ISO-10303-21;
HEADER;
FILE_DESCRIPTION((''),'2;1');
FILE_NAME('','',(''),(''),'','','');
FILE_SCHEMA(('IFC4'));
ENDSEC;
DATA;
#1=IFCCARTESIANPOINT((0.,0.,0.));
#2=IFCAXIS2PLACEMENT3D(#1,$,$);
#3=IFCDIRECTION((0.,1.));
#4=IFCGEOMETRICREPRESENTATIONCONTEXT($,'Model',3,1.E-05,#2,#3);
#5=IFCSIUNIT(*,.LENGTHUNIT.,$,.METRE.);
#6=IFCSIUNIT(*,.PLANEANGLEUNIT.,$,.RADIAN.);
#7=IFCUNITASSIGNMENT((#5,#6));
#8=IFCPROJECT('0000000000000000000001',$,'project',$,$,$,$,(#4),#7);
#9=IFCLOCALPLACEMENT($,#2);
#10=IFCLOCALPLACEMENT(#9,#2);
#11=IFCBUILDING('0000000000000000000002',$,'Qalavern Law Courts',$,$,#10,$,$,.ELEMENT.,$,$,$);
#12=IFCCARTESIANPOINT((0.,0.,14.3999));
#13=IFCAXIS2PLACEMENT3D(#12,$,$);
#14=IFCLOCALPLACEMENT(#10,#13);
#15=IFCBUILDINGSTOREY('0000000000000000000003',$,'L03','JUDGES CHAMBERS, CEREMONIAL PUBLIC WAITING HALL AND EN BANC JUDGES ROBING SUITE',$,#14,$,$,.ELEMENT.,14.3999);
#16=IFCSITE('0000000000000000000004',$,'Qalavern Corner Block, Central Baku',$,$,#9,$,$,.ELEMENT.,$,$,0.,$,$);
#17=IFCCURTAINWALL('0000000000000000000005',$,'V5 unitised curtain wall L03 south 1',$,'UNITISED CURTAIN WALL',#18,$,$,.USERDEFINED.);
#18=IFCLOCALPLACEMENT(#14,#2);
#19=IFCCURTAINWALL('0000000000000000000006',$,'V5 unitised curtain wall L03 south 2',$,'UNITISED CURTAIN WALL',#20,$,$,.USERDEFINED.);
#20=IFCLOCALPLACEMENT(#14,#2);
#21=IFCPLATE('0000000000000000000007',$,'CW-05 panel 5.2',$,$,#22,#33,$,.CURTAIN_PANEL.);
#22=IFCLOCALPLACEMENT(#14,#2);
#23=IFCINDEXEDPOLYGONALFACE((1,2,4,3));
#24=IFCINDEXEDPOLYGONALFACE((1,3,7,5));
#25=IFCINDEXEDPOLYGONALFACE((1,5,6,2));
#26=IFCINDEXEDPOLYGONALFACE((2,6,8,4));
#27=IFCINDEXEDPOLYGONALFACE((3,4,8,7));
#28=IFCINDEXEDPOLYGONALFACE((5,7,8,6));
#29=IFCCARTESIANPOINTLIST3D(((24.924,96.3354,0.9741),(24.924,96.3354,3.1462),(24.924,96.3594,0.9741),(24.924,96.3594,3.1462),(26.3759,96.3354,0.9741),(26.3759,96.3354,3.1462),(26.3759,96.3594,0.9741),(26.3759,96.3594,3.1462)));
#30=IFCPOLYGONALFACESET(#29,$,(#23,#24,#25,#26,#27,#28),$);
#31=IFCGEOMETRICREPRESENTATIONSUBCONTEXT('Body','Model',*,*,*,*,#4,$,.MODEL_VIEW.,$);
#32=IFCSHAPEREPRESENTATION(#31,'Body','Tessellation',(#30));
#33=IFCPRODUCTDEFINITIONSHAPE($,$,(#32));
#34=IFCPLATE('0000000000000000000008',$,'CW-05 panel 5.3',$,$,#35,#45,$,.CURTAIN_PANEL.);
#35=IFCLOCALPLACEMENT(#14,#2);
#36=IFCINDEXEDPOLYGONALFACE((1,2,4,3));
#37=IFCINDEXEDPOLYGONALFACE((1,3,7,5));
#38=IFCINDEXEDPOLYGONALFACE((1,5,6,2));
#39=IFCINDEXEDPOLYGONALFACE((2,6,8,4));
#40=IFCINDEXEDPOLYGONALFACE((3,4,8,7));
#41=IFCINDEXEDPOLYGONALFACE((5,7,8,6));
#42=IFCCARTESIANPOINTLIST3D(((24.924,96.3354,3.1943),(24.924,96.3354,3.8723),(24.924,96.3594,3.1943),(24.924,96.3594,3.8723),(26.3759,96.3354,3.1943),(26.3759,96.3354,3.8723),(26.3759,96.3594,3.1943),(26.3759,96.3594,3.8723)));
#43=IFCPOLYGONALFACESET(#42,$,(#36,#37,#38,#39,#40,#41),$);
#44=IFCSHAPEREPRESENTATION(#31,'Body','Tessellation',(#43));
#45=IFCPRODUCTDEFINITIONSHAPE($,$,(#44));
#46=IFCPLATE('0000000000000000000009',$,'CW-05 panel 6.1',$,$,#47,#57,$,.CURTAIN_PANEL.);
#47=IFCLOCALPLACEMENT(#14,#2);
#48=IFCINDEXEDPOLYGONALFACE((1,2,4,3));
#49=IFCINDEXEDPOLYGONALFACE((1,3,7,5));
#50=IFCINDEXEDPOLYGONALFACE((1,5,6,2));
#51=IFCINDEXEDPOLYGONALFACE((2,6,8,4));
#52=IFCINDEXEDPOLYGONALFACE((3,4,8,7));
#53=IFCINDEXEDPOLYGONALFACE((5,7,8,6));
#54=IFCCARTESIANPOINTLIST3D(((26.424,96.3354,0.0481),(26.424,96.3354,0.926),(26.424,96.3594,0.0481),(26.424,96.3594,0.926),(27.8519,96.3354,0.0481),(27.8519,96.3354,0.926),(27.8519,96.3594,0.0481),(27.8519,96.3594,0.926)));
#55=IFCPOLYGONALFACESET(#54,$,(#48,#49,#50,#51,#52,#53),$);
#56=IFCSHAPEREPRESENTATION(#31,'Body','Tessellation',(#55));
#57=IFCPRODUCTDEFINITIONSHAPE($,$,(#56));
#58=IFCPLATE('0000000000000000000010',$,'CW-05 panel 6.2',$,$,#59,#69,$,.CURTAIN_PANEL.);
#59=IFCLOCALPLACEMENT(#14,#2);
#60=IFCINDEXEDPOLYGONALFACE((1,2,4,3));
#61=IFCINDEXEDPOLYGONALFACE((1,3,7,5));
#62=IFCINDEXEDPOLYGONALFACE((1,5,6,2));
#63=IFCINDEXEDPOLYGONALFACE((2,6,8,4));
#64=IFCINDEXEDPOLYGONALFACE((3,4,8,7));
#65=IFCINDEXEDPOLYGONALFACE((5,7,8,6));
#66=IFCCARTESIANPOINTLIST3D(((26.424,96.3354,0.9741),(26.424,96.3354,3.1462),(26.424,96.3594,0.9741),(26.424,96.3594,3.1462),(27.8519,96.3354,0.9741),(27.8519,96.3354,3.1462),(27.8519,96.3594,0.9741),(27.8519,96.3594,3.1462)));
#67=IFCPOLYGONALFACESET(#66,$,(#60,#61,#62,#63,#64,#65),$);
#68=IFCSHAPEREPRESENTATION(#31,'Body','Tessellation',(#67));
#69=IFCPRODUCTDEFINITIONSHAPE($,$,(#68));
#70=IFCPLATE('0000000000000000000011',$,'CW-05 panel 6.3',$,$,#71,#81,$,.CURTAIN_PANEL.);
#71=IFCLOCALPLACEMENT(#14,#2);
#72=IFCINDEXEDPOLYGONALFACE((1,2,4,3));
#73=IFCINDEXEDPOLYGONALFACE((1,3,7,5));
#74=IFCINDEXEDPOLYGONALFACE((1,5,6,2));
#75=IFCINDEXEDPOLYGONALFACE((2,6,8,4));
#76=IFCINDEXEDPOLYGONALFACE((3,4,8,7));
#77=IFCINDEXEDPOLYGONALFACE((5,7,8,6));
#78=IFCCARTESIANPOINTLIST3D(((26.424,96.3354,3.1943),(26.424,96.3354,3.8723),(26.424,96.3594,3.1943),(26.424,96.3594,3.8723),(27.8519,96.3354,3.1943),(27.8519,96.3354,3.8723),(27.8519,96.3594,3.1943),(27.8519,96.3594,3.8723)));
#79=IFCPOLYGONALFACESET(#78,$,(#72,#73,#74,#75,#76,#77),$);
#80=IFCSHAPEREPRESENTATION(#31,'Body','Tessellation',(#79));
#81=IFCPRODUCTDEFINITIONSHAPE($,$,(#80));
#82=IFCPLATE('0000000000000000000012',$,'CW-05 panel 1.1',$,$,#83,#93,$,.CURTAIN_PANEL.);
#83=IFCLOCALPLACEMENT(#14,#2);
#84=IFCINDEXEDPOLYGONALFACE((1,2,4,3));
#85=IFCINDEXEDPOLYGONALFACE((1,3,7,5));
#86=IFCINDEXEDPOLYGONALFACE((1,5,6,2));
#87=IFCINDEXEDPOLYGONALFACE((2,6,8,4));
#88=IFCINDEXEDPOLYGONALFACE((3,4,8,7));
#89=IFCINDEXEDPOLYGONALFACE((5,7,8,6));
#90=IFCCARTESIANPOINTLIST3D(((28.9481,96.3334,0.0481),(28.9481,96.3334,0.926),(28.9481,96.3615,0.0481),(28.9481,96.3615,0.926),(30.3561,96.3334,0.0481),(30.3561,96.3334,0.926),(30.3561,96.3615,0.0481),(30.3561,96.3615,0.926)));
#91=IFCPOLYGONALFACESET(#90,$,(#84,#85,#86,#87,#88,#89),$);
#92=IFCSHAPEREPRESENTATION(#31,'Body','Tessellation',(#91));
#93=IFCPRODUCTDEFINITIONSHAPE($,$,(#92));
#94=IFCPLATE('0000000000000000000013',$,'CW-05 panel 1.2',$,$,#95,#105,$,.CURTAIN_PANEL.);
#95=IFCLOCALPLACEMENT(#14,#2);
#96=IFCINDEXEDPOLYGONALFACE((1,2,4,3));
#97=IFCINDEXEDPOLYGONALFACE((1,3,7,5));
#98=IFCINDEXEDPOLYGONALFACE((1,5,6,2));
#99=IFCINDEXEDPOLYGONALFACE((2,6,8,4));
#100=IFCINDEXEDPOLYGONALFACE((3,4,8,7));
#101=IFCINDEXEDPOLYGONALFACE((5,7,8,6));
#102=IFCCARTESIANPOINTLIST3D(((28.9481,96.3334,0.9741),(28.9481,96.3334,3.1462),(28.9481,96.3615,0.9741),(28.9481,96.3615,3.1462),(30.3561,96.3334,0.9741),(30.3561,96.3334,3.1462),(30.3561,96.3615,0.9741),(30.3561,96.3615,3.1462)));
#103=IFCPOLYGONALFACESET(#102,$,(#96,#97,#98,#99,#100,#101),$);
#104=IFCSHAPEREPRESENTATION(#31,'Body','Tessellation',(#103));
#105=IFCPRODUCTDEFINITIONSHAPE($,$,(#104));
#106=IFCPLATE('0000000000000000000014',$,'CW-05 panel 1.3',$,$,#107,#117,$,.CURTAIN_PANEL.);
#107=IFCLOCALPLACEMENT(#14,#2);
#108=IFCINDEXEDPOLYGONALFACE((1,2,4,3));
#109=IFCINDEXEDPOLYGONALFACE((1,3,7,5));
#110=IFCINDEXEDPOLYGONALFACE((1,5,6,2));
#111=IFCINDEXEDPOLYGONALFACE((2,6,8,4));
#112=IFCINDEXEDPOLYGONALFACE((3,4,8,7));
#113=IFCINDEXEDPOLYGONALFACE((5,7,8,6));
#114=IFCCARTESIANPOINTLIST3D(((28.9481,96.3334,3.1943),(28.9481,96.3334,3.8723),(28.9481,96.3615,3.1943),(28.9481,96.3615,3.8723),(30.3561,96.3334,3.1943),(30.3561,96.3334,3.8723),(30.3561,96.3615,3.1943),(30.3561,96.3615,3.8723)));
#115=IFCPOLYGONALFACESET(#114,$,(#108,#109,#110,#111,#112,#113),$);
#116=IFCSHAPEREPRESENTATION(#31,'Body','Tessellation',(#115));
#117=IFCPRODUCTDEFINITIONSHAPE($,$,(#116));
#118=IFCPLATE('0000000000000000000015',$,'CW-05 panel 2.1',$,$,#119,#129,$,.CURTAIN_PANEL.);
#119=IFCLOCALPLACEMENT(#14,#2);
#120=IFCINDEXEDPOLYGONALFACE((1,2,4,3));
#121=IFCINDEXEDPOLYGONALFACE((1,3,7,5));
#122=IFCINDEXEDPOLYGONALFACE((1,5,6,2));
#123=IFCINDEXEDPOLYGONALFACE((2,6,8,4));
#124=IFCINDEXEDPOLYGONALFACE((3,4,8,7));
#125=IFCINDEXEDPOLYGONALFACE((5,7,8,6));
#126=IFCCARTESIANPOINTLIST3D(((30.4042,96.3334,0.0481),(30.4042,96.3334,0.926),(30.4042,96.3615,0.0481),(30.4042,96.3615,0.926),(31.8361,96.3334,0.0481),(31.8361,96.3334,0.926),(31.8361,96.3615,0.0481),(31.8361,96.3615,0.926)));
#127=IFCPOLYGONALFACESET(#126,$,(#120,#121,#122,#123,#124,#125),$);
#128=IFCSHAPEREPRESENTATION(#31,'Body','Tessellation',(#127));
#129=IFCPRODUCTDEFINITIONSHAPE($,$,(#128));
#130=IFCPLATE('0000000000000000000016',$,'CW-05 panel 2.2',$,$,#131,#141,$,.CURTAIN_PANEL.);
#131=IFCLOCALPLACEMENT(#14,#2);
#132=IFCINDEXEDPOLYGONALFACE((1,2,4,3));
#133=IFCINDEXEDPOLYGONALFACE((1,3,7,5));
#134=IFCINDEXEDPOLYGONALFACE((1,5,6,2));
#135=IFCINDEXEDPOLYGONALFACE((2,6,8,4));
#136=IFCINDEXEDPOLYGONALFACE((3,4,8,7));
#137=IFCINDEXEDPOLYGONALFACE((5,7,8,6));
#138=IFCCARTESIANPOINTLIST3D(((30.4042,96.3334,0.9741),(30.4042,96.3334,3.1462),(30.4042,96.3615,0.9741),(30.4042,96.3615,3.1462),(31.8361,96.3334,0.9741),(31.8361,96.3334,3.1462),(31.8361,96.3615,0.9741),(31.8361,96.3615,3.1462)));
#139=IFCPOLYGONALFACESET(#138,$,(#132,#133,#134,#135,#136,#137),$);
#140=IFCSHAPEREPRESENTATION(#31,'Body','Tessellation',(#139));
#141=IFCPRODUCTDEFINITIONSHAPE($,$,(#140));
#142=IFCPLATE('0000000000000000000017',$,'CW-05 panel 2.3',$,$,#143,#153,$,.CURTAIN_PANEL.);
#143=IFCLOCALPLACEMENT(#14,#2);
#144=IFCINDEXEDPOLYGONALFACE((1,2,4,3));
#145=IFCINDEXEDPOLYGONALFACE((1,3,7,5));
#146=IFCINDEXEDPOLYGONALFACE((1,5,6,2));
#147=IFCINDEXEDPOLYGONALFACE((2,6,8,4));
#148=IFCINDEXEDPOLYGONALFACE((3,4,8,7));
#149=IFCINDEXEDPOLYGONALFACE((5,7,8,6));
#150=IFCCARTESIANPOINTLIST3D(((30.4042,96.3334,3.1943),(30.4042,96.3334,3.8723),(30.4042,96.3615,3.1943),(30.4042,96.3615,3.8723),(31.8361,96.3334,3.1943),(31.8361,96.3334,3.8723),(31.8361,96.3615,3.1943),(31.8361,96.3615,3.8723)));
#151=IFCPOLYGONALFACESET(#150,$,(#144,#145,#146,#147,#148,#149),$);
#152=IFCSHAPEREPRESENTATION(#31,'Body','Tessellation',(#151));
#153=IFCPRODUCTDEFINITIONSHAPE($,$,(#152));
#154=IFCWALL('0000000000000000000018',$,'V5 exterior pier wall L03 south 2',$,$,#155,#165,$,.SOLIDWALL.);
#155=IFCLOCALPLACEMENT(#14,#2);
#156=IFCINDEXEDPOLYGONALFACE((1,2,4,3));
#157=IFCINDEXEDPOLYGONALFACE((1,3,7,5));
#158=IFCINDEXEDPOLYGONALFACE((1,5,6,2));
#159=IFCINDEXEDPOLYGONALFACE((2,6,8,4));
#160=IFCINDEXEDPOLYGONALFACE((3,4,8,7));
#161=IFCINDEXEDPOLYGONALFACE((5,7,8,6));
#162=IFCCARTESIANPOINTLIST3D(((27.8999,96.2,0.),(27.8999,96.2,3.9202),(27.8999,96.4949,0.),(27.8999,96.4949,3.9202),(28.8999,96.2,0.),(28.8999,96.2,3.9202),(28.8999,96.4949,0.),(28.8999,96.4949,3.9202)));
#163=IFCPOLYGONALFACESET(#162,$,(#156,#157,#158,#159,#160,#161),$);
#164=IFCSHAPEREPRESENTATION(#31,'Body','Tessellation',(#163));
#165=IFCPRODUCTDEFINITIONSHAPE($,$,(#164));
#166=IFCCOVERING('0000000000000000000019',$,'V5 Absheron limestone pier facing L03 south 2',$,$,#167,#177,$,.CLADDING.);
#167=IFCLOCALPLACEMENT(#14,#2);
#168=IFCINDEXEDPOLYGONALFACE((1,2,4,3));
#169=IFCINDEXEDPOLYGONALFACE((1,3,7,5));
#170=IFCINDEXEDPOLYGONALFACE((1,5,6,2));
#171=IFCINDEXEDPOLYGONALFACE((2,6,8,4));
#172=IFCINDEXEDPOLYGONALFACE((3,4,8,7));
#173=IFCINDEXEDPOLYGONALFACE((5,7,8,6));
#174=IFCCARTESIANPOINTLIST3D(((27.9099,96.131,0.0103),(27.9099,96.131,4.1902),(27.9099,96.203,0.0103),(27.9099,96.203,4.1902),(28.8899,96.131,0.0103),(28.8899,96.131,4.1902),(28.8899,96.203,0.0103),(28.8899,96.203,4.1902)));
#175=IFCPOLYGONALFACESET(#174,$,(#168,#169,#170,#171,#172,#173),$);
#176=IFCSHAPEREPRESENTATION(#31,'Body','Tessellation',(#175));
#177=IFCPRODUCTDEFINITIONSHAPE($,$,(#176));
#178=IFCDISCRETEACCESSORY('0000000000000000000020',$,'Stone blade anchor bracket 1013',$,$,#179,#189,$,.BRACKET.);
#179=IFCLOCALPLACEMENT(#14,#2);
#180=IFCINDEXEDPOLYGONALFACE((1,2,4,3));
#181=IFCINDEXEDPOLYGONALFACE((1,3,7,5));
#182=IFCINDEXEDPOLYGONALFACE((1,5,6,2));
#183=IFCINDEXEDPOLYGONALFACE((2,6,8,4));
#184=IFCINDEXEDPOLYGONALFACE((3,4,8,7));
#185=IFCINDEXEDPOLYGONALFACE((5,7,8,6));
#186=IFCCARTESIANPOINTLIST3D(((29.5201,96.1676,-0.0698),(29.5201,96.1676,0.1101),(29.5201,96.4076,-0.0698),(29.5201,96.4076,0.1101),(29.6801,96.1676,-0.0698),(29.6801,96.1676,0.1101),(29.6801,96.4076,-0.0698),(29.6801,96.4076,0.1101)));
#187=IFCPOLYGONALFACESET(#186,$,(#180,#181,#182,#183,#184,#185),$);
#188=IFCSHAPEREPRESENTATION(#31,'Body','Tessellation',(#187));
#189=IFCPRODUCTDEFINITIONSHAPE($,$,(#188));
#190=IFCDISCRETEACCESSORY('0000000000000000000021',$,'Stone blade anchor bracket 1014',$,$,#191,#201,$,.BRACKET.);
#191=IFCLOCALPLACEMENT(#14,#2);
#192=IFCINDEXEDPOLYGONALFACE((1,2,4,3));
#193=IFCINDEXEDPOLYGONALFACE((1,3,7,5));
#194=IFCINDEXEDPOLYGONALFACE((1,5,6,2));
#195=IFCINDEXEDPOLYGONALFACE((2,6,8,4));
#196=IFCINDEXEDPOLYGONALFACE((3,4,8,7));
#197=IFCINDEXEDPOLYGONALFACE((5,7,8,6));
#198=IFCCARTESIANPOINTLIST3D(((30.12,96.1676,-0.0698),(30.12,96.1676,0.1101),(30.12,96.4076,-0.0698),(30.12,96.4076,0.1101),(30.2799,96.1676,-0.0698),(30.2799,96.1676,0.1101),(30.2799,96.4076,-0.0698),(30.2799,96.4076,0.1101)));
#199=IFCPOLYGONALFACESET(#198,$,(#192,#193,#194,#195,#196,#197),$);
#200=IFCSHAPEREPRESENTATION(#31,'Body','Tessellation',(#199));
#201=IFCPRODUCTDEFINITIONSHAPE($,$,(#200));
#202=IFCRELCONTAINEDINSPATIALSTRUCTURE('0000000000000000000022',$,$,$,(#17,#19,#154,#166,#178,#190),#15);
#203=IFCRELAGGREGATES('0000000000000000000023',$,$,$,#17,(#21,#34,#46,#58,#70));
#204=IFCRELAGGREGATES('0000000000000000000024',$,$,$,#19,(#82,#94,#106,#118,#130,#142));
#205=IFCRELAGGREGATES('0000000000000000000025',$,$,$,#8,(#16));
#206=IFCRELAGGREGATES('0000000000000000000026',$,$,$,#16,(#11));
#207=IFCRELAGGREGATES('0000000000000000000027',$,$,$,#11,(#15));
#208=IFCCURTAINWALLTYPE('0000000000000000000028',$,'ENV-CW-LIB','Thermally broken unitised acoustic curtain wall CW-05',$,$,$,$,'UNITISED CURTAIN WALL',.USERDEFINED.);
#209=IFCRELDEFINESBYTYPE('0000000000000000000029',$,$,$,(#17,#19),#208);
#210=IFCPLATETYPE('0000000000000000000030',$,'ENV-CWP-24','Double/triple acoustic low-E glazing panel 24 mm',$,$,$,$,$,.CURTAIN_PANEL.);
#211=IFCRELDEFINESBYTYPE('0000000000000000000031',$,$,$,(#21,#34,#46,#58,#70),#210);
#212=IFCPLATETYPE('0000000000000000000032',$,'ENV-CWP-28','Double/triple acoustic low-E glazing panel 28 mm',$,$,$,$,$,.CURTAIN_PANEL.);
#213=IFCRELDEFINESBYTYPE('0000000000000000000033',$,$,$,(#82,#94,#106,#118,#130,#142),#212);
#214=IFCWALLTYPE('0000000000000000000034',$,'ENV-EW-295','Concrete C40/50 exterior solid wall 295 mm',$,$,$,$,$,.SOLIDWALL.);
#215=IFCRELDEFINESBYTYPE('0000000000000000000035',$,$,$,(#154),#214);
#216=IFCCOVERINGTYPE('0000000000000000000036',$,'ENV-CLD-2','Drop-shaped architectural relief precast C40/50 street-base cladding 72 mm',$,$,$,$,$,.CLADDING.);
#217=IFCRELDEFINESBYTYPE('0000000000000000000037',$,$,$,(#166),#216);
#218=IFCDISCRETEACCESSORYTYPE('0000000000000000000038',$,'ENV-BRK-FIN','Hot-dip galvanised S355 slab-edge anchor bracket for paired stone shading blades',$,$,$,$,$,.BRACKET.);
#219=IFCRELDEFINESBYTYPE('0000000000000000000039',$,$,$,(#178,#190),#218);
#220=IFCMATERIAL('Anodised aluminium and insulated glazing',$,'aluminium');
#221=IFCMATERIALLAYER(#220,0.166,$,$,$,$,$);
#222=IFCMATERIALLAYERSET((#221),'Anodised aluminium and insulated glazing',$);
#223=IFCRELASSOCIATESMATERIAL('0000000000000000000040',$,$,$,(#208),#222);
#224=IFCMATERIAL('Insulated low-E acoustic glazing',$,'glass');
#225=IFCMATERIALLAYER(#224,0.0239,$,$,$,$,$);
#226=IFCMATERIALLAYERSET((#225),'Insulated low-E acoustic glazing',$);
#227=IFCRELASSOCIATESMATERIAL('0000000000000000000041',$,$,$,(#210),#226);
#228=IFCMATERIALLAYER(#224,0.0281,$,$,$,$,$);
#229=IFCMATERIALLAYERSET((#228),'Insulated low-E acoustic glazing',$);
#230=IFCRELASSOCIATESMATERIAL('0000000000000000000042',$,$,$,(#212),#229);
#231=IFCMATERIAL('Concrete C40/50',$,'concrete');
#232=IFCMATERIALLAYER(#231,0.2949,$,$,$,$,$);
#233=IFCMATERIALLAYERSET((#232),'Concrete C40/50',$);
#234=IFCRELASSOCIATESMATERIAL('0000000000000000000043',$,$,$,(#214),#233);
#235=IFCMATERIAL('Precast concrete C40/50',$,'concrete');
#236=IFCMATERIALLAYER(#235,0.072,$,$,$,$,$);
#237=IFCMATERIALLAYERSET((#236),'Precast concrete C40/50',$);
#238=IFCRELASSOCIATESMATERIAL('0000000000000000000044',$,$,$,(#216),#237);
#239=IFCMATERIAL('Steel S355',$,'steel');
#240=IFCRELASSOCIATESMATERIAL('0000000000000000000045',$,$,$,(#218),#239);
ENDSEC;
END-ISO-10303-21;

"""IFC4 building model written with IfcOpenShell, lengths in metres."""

from ifc_helpers import new_model, si_unit, direction, frame, frame_2d, origin, origin_2d, place, context, subcontext, project, spatial, rectangle, extrude, material, layer, layer_set, type_object, element, aggregate, save


model = new_model("IFC4")

# Units and contexts
model_context = context("Model", 3, precision=1e-05, world=origin(), true_north=direction((0.0, 1.0)))
body_context = subcontext(model_context, "Body", "Model", "MODEL_VIEW")
ifc_project = project(units=[si_unit("LENGTHUNIT", "METRE"), si_unit("PLANEANGLEUNIT", "RADIAN")], contexts=[model_context])

# Site, building, storey
site_placement = place(None, origin())
site = spatial("IfcSite", under=ifc_project, at=site_placement, Name="Qalavern Corner Block, Central Baku", CompositionType="ELEMENT", RefElevation=0.0)
building_placement = place(site_placement, origin())
building = spatial("IfcBuilding", under=site, at=building_placement, Name="Qalavern Law Courts", CompositionType="ELEMENT")
storey_placement = place(building_placement, frame((0.0, 0.0, 14.3999)))
storey = spatial("IfcBuildingStorey", under=building, at=storey_placement, Name="L03", Description="JUDGES CHAMBERS, CEREMONIAL PUBLIC WAITING HALL AND EN BANC JUDGES ROBING SUITE", CompositionType="ELEMENT", Elevation=14.3999)

# Curtain walls
ifc_material_1 = material(Name="Anodised aluminium and insulated glazing", Category="aluminium")
ifc_layer_1 = layer(ifc_material_1, 0.166)
ifc_layer_set_1 = layer_set([ifc_layer_1], Name="Anodised aluminium and insulated glazing")
curtain_wall_type = type_object("IfcCurtainWallType", Name="ENV-CW-LIB", Description="Thermally broken unitised acoustic curtain wall CW-05", ElementType="UNITISED CURTAIN WALL", PredefinedType="USERDEFINED", material=ifc_layer_set_1)
curtain_wall_1_placement = place(storey_placement, origin())
curtain_wall_1 = element("IfcCurtainWall", 1, at=curtain_wall_1_placement, inside=storey, type_object=curtain_wall_type, Name="V5 unitised curtain wall L03 south 1", ObjectType="UNITISED CURTAIN WALL", PredefinedType="USERDEFINED")
curtain_wall_2_placement = place(storey_placement, origin())
curtain_wall_2 = element("IfcCurtainWall", 2, at=curtain_wall_2_placement, inside=storey, type_object=curtain_wall_type, Name="V5 unitised curtain wall L03 south 2", ObjectType="UNITISED CURTAIN WALL", PredefinedType="USERDEFINED")

# Plates
ifc_material_2 = material(Name="Insulated low-E acoustic glazing", Category="glass")
ifc_layer_2 = layer(ifc_material_2, 0.0239)
ifc_layer_set_2 = layer_set([ifc_layer_2], Name="Insulated low-E acoustic glazing")
plate_type_1 = type_object("IfcPlateType", Name="ENV-CWP-24", Description="Double/triple acoustic low-E glazing panel 24 mm", PredefinedType="CURTAIN_PANEL", material=ifc_layer_set_2)
plate_1_placement = place(storey_placement, frame((25.6499, 96.3474, 0.9741), z_axis=(0.0, 0.0, 1.0), x_axis=(1.0, 0.0, 0.0)))
plate_1 = element("IfcPlate", 3, at=plate_1_placement, type_object=plate_type_1, Name="CW-05 panel 5.2", PredefinedType="CURTAIN_PANEL", context=body_context, shape_type="SweptSolid", body=[
    extrude(rectangle(XDim=1.4519, YDim=0.0239, at=origin_2d()), origin(), (0.0, 0.0, 1.0), 2.1721),
])
plate_2_placement = place(storey_placement, frame((25.6499, 96.3474, 3.1943), z_axis=(0.0, 0.0, 1.0), x_axis=(1.0, 0.0, 0.0)))
plate_2 = element("IfcPlate", 4, at=plate_2_placement, type_object=plate_type_1, Name="CW-05 panel 5.3", PredefinedType="CURTAIN_PANEL", context=body_context, shape_type="SweptSolid", body=[
    extrude(rectangle(XDim=1.4519, YDim=0.0239, at=origin_2d()), origin(), (0.0, 0.0, 1.0), 0.678),
])
plate_3_placement = place(storey_placement, frame((27.1379, 96.3474, 0.0481), z_axis=(0.0, 0.0, 1.0), x_axis=(1.0, 0.0, 0.0)))
plate_3 = element("IfcPlate", 5, at=plate_3_placement, type_object=plate_type_1, Name="CW-05 panel 6.1", PredefinedType="CURTAIN_PANEL", context=body_context, shape_type="SweptSolid", body=[
    extrude(rectangle(XDim=1.428, YDim=0.0239, at=origin_2d()), origin(), (0.0, 0.0, 1.0), 0.8779),
])
plate_4_placement = place(storey_placement, frame((27.1379, 96.3474, 0.9741), z_axis=(0.0, 0.0, 1.0), x_axis=(1.0, 0.0, 0.0)))
plate_4 = element("IfcPlate", 6, at=plate_4_placement, type_object=plate_type_1, Name="CW-05 panel 6.2", PredefinedType="CURTAIN_PANEL", context=body_context, shape_type="SweptSolid", body=[
    extrude(rectangle(XDim=1.428, YDim=0.0239, at=origin_2d()), origin(), (0.0, 0.0, 1.0), 2.1721),
])
plate_5_placement = place(storey_placement, frame((27.1379, 96.3474, 3.1943), z_axis=(0.0, 0.0, 1.0), x_axis=(1.0, 0.0, 0.0)))
plate_5 = element("IfcPlate", 7, at=plate_5_placement, type_object=plate_type_1, Name="CW-05 panel 6.3", PredefinedType="CURTAIN_PANEL", context=body_context, shape_type="SweptSolid", body=[
    extrude(rectangle(XDim=1.428, YDim=0.0239, at=origin_2d()), origin(), (0.0, 0.0, 1.0), 0.678),
])
aggregate(curtain_wall_1, [plate_1, plate_2, plate_3, plate_4, plate_5])
ifc_layer_3 = layer(ifc_material_2, 0.0281)
ifc_layer_set_3 = layer_set([ifc_layer_3], Name="Insulated low-E acoustic glazing")
plate_type_2 = type_object("IfcPlateType", Name="ENV-CWP-28", Description="Double/triple acoustic low-E glazing panel 28 mm", PredefinedType="CURTAIN_PANEL", material=ifc_layer_set_3)
plate_6_placement = place(storey_placement, frame((29.6521, 96.3474, 0.0481), z_axis=(0.0, 0.0, 1.0), x_axis=(1.0, 0.0, 0.0)))
plate_6 = element("IfcPlate", 8, at=plate_6_placement, type_object=plate_type_2, Name="CW-05 panel 1.1", PredefinedType="CURTAIN_PANEL", context=body_context, shape_type="SweptSolid", body=[
    extrude(rectangle(XDim=1.408, YDim=0.0281, at=origin_2d()), origin(), (0.0, 0.0, 1.0), 0.8779),
])
plate_7_placement = place(storey_placement, frame((29.6521, 96.3474, 0.9741), z_axis=(0.0, 0.0, 1.0), x_axis=(1.0, 0.0, 0.0)))
plate_7 = element("IfcPlate", 9, at=plate_7_placement, type_object=plate_type_2, Name="CW-05 panel 1.2", PredefinedType="CURTAIN_PANEL", context=body_context, shape_type="SweptSolid", body=[
    extrude(rectangle(XDim=1.408, YDim=0.0281, at=origin_2d()), origin(), (0.0, 0.0, 1.0), 2.1721),
])
plate_8_placement = place(storey_placement, frame((29.6521, 96.3474, 3.1943), z_axis=(0.0, 0.0, 1.0), x_axis=(1.0, 0.0, 0.0)))
plate_8 = element("IfcPlate", 10, at=plate_8_placement, type_object=plate_type_2, Name="CW-05 panel 1.3", PredefinedType="CURTAIN_PANEL", context=body_context, shape_type="SweptSolid", body=[
    extrude(rectangle(XDim=1.408, YDim=0.0281, at=origin_2d()), origin(), (0.0, 0.0, 1.0), 0.678),
])
plate_9_placement = place(storey_placement, frame((31.1201, 96.3474, 0.0481), z_axis=(0.0, 0.0, 1.0), x_axis=(1.0, 0.0, 0.0)))
plate_9 = element("IfcPlate", 11, at=plate_9_placement, type_object=plate_type_2, Name="CW-05 panel 2.1", PredefinedType="CURTAIN_PANEL", context=body_context, shape_type="SweptSolid", body=[
    extrude(rectangle(XDim=1.4319, YDim=0.0281, at=origin_2d()), origin(), (0.0, 0.0, 1.0), 0.8779),
])
plate_10_placement = place(storey_placement, frame((31.1201, 96.3474, 0.9741), z_axis=(0.0, 0.0, 1.0), x_axis=(1.0, 0.0, 0.0)))
plate_10 = element("IfcPlate", 12, at=plate_10_placement, type_object=plate_type_2, Name="CW-05 panel 2.2", PredefinedType="CURTAIN_PANEL", context=body_context, shape_type="SweptSolid", body=[
    extrude(rectangle(XDim=1.4319, YDim=0.0281, at=origin_2d()), origin(), (0.0, 0.0, 1.0), 2.1721),
])
plate_11_placement = place(storey_placement, frame((31.1201, 96.3474, 3.1943), z_axis=(0.0, 0.0, 1.0), x_axis=(1.0, 0.0, 0.0)))
plate_11 = element("IfcPlate", 13, at=plate_11_placement, type_object=plate_type_2, Name="CW-05 panel 2.3", PredefinedType="CURTAIN_PANEL", context=body_context, shape_type="SweptSolid", body=[
    extrude(rectangle(XDim=1.4319, YDim=0.0281, at=origin_2d()), origin(), (0.0, 0.0, 1.0), 0.678),
])
aggregate(curtain_wall_2, [plate_6, plate_7, plate_8, plate_9, plate_10, plate_11])

# Wall
ifc_material_3 = material(Name="Concrete C40/50", Category="concrete")
ifc_layer_4 = layer(ifc_material_3, 0.2949)
ifc_layer_set_4 = layer_set([ifc_layer_4], Name="Concrete C40/50")
wall_type = type_object("IfcWallType", Name="ENV-EW-295", Description="Concrete C40/50 exterior solid wall 295 mm", PredefinedType="SOLIDWALL", material=ifc_layer_set_4)
wall_placement = place(storey_placement, frame((27.8999, 96.3474, 0.0), z_axis=(0.0, 0.0, 1.0), x_axis=(1.0, 0.0, 0.0)))
element("IfcWall", 14, at=wall_placement, inside=storey, type_object=wall_type, Name="V5 exterior pier wall L03 south 2", PredefinedType="SOLIDWALL", context=body_context, shape_type="SweptSolid", body=[
    extrude(rectangle(XDim=1.0, YDim=0.2949, at=frame_2d((0.5, 0.0))), origin(), (0.0, 0.0, 1.0), 3.9202),
])

# Covering
ifc_material_4 = material(Name="Precast concrete C40/50", Category="concrete")
ifc_layer_5 = layer(ifc_material_4, 0.072)
ifc_layer_set_5 = layer_set([ifc_layer_5], Name="Precast concrete C40/50")
covering_type = type_object("IfcCoveringType", Name="ENV-CLD-2", Description="Drop-shaped architectural relief precast C40/50 street-base cladding 72 mm", PredefinedType="CLADDING", material=ifc_layer_set_5)
covering_placement = place(storey_placement, frame((28.3999, 96.167, 0.0103), z_axis=(0.0, 0.0, 1.0), x_axis=(1.0, 0.0, 0.0)))
element("IfcCovering", 15, at=covering_placement, inside=storey, type_object=covering_type, Name="V5 Absheron limestone pier facing L03 south 2", PredefinedType="CLADDING", context=body_context, shape_type="SweptSolid", body=[
    extrude(rectangle(XDim=0.98, YDim=0.072, at=origin_2d()), origin(), (0.0, 0.0, 1.0), 4.1799),
])

# Discrete accessories
ifc_material_5 = material(Name="Steel S355", Category="steel")
discrete_accessory_type = type_object("IfcDiscreteAccessoryType", Name="ENV-BRK-FIN", Description="Hot-dip galvanised S355 slab-edge anchor bracket for paired stone shading blades", PredefinedType="BRACKET", material=ifc_material_5)
for number, where, z_axis, x_axis, name in (
    (16, (29.6001, 96.2876, -0.0698), (0.0, 0.0, 1.0), (0.0, -1.0, 0.0), "Stone blade anchor bracket 1013"),
    (17, (30.2, 96.2876, -0.0698), (0.0, 0.0, 1.0), (0.0, -1.0, 0.0), "Stone blade anchor bracket 1014"),
):
    element("IfcDiscreteAccessory", number, at=place(storey_placement, frame(where, z_axis=z_axis, x_axis=x_axis)), inside=storey, type_object=discrete_accessory_type, Name=name, PredefinedType="BRACKET", context=body_context, shape_type="SweptSolid", body=[
        extrude(rectangle(XDim=0.24, YDim=0.1599, at=origin_2d()), origin(), (0.0, 0.0, 1.0), 0.1799),
    ])

save(model, "model.ifc")
